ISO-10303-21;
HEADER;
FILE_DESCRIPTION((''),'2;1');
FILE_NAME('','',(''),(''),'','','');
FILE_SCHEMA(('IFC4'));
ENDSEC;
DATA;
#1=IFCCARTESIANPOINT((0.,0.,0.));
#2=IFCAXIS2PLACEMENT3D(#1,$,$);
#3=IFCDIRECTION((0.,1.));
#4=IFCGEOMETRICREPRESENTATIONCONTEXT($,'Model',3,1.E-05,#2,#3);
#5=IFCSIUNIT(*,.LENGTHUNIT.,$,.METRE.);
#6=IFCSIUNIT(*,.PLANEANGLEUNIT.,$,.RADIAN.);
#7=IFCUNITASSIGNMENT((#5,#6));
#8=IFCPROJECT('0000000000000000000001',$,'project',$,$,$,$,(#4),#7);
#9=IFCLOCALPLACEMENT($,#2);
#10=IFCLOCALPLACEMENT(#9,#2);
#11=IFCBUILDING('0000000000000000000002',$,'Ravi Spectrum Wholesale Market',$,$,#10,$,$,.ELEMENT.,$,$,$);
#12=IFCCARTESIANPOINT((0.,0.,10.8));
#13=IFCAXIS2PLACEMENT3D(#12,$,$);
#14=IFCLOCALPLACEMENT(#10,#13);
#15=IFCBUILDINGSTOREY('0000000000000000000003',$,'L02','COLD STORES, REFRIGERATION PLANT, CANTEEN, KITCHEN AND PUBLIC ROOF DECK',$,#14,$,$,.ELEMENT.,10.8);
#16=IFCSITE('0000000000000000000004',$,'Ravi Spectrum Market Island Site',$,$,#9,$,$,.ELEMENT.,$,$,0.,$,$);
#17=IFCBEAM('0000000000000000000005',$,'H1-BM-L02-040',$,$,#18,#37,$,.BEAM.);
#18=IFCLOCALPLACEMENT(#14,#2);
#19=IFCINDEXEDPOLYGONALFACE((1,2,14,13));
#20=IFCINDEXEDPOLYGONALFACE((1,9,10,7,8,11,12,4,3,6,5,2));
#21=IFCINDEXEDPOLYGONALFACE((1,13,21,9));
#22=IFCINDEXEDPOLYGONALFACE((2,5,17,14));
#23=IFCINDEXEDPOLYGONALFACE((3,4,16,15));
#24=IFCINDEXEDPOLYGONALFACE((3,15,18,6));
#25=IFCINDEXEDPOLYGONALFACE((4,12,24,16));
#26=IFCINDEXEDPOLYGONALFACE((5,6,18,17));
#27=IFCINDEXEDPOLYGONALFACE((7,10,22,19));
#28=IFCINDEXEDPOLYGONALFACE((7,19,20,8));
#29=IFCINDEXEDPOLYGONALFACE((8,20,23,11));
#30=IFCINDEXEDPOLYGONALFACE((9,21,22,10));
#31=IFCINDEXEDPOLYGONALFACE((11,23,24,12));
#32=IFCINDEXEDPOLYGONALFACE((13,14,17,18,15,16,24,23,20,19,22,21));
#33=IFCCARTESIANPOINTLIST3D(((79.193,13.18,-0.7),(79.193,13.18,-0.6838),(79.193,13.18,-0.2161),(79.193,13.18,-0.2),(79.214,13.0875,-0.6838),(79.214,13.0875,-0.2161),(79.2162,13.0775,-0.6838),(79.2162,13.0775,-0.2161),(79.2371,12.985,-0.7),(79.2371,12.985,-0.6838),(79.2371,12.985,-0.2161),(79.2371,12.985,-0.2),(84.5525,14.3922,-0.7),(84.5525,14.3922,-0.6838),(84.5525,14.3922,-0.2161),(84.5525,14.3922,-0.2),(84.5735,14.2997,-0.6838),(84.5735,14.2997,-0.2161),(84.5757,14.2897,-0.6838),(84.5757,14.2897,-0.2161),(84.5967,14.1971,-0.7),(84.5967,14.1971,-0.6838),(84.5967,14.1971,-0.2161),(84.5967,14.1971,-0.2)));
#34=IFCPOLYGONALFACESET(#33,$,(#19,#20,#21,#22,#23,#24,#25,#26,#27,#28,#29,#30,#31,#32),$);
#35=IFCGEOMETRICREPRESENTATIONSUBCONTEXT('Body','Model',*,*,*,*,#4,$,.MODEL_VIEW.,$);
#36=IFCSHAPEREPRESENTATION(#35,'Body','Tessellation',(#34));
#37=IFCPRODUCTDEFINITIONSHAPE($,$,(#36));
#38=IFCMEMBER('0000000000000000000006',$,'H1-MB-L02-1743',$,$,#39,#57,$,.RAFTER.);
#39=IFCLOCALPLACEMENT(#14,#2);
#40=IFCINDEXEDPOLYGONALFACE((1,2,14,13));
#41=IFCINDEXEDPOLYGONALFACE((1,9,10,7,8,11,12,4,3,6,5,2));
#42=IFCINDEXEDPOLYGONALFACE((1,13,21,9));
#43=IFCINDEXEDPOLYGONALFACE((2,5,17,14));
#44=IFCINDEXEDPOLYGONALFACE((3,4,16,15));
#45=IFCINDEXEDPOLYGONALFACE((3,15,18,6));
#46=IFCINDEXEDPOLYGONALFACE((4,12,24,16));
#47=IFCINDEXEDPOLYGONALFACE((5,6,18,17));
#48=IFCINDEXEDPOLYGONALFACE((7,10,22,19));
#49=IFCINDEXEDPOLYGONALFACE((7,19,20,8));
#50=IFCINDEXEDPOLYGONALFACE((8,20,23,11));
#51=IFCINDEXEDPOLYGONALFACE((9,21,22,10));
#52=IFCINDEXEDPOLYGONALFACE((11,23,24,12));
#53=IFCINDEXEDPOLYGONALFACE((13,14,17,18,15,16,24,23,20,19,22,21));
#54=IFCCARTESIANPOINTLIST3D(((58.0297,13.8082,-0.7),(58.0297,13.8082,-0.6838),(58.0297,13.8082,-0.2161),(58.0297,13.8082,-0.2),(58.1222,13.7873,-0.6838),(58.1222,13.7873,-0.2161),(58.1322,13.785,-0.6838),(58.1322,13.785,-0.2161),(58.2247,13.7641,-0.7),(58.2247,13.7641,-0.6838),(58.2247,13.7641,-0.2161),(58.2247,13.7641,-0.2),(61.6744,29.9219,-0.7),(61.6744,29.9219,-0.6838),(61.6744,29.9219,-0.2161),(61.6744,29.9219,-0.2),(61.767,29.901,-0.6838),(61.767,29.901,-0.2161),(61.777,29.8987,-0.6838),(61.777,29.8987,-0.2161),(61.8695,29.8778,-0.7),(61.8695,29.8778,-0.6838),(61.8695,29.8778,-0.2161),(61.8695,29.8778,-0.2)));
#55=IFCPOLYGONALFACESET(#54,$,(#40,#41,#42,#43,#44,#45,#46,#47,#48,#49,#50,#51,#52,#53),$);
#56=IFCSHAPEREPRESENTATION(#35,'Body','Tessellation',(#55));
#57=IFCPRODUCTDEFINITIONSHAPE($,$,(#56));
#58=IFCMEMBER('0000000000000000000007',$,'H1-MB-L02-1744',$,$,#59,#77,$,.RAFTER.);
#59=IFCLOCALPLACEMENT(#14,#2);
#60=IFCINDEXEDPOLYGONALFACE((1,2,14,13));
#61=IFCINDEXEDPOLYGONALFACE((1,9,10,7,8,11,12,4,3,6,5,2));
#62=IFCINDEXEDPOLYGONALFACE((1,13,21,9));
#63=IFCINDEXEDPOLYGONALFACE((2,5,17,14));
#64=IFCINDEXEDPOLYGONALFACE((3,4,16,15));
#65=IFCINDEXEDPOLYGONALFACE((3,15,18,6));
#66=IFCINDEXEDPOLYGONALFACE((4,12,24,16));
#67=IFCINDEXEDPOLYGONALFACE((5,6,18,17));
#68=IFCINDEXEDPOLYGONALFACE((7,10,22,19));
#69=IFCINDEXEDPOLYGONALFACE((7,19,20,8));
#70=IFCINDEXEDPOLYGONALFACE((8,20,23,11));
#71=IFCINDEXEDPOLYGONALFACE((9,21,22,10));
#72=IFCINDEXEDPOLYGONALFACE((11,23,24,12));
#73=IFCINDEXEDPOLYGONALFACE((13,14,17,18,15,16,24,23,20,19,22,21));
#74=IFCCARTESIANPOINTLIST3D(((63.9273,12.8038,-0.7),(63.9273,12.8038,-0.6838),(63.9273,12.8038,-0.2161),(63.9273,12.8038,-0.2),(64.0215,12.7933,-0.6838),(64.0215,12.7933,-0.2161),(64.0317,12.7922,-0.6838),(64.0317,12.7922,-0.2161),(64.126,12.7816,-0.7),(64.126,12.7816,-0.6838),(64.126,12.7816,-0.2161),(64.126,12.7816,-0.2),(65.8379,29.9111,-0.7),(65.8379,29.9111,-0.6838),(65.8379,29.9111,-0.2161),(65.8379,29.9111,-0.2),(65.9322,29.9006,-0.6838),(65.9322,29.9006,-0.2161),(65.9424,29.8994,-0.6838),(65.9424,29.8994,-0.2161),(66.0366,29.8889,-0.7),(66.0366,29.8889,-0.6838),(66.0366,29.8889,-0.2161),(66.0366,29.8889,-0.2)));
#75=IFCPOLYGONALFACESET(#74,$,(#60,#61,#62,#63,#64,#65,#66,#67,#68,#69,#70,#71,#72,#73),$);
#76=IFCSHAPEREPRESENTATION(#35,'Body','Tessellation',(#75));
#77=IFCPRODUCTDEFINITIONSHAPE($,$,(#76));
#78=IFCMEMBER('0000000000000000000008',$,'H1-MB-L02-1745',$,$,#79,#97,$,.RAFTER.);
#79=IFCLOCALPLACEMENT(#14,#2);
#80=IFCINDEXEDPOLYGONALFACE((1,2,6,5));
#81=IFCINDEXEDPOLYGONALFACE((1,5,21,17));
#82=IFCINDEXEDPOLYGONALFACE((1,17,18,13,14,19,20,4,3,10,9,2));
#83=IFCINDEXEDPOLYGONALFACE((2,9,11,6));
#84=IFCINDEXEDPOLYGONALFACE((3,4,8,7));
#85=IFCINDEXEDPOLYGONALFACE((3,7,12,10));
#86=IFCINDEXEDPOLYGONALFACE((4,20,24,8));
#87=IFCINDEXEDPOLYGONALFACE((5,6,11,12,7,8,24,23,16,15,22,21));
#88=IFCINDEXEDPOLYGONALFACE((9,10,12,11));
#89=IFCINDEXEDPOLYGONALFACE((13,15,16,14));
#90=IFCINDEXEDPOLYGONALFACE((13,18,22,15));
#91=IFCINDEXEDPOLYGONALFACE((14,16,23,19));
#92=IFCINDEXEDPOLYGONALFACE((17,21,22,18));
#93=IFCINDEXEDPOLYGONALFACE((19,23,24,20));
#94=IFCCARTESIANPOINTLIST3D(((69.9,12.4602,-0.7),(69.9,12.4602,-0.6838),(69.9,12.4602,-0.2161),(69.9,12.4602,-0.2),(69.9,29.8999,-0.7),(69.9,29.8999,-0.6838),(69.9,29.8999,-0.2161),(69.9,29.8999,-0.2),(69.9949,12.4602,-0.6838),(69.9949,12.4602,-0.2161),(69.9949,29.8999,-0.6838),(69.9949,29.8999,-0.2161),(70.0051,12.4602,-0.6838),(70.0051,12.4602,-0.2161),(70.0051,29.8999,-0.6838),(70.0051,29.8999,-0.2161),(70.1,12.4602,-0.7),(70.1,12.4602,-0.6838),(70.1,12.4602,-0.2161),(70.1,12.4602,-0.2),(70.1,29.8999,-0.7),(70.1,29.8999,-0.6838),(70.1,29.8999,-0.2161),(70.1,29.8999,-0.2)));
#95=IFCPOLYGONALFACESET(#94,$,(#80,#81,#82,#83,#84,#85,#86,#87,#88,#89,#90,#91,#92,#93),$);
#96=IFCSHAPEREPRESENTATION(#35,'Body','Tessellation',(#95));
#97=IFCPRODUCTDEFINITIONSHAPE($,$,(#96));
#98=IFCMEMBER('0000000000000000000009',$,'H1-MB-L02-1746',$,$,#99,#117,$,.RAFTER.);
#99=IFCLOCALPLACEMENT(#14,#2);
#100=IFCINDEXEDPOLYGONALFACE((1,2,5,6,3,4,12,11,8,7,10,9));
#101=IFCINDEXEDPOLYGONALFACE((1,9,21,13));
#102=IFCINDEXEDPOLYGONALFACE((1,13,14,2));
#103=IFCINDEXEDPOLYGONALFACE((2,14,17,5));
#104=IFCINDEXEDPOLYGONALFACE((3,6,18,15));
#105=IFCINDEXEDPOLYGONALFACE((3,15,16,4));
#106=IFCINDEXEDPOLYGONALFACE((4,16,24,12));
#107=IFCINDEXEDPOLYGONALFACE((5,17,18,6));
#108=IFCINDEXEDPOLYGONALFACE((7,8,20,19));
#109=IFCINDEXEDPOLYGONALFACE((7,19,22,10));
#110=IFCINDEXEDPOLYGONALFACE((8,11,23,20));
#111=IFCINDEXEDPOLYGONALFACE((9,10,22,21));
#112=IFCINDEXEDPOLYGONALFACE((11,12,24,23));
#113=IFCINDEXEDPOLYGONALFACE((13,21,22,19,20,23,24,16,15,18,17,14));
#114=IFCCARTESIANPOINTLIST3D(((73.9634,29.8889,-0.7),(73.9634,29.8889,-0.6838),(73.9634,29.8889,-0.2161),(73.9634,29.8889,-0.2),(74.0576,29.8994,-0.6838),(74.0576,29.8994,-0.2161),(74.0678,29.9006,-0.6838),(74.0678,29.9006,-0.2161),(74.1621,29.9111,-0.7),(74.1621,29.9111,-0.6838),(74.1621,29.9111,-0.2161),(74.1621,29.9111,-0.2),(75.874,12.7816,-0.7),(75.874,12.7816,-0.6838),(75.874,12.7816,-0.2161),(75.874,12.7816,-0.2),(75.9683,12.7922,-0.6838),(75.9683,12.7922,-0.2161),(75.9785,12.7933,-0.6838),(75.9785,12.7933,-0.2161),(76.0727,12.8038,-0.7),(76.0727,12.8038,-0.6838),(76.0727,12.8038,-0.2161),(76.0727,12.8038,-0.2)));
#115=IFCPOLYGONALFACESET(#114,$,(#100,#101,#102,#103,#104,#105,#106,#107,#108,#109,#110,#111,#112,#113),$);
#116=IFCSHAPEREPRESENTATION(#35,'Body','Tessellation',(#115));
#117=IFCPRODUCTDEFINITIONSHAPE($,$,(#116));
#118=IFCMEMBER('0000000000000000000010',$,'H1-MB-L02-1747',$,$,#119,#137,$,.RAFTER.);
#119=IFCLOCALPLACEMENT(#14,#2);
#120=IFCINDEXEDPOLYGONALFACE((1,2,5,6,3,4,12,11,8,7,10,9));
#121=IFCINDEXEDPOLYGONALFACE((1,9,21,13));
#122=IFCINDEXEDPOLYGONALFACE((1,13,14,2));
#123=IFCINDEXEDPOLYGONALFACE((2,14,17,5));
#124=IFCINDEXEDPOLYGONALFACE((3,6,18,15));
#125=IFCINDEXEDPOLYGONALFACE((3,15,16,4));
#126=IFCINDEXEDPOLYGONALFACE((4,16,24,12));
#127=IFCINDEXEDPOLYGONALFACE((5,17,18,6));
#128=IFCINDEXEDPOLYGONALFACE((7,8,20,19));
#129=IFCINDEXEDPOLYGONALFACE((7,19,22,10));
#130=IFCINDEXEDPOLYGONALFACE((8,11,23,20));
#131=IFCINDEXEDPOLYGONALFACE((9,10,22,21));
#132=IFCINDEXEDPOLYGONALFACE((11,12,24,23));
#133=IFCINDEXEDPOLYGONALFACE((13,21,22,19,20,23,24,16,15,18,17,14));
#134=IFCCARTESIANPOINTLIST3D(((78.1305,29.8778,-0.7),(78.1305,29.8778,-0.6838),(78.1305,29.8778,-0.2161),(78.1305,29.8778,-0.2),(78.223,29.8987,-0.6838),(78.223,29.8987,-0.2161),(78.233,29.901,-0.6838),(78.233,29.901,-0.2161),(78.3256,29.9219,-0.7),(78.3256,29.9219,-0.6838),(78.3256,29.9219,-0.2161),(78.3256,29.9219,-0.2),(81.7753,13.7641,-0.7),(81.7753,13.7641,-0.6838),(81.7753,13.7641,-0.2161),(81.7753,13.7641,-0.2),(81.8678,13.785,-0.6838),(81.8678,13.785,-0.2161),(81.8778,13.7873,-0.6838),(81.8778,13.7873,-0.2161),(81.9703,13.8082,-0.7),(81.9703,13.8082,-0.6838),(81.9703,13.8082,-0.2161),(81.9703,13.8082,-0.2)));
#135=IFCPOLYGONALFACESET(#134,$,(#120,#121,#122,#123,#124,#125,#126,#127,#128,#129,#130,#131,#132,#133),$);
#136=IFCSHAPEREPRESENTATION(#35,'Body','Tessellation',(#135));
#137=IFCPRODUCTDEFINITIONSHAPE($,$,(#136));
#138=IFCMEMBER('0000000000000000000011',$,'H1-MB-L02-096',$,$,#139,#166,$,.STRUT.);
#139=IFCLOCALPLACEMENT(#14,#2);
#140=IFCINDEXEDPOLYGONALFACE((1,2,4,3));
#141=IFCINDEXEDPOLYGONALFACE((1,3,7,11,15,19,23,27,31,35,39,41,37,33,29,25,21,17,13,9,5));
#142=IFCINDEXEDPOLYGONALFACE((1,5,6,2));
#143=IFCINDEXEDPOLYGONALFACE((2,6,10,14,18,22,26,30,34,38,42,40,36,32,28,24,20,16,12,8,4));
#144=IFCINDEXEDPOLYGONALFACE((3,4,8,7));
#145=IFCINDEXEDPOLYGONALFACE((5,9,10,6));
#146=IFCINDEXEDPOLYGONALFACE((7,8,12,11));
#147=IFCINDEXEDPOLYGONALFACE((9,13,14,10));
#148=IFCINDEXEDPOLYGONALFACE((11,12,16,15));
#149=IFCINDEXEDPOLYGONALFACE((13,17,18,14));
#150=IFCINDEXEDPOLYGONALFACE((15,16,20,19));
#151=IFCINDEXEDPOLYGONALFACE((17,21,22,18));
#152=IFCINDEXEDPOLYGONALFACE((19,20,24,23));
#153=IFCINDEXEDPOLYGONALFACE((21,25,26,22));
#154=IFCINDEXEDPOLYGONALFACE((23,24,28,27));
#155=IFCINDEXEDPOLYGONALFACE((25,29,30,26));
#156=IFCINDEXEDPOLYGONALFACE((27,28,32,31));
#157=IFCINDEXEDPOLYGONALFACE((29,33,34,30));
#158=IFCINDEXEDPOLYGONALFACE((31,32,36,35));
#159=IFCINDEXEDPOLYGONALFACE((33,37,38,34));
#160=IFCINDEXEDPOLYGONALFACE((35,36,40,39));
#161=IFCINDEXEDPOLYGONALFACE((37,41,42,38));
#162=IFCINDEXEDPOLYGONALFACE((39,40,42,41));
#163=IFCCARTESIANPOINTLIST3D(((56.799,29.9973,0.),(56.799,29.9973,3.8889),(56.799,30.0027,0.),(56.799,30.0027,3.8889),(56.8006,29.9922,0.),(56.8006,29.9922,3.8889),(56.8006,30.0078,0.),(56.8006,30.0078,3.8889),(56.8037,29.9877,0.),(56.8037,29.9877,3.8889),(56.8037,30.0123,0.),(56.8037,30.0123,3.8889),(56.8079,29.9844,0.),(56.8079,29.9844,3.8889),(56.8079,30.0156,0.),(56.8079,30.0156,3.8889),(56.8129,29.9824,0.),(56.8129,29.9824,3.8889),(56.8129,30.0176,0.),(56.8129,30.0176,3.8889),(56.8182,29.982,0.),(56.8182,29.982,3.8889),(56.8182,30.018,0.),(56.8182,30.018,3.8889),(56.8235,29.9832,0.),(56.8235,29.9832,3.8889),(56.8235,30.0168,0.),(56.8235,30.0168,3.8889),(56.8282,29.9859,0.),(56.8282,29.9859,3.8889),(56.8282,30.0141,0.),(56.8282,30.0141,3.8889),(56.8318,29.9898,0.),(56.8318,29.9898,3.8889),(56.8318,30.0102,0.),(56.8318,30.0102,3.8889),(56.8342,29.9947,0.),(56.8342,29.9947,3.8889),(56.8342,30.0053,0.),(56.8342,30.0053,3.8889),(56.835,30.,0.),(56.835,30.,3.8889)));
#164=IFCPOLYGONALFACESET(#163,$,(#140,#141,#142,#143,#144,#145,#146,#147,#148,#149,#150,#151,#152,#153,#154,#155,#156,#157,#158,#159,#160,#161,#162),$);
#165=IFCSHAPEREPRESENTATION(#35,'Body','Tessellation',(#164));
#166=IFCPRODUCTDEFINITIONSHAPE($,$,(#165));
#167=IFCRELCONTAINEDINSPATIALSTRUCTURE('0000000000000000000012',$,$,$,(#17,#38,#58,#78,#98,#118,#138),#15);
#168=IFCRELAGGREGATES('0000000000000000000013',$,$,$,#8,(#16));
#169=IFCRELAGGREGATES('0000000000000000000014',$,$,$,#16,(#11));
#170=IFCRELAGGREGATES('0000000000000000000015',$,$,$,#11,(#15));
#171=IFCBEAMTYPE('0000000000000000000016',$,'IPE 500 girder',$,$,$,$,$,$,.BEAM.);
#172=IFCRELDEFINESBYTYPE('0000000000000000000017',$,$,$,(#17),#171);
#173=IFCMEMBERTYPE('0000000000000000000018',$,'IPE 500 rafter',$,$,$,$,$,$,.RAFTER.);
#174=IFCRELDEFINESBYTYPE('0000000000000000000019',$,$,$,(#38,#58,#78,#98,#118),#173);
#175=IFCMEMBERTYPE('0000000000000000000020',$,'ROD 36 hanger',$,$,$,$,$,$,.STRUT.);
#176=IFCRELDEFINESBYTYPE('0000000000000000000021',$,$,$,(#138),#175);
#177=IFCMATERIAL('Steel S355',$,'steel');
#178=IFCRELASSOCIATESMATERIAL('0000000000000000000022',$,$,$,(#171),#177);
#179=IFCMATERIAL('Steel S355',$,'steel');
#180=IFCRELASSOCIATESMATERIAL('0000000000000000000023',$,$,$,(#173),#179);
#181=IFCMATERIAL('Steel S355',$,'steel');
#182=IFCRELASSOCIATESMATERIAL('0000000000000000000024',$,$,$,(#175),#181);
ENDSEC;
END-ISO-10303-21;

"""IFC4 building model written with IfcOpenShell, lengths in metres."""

from ifc_helpers import new_model, si_unit, direction, frame, origin, origin_2d, place, context, subcontext, project, spatial, circle, i_section, extrude, material, material_profile, profile_set, type_object, element, save


model = new_model("IFC4")

# Units and contexts
model_context = context("Model", 3, precision=1e-05, world=origin(), true_north=direction((0.0, 1.0)))
body_context = subcontext(model_context, "Body", "Model", "MODEL_VIEW")
ifc_project = project(units=[si_unit("LENGTHUNIT", "METRE"), si_unit("PLANEANGLEUNIT", "RADIAN")], contexts=[model_context])

# Site, building, storey
site_placement = place(None, origin())
site = spatial("IfcSite", under=ifc_project, at=site_placement, Name="Ravi Spectrum Market Island Site", CompositionType="ELEMENT", RefElevation=0.0)
building_placement = place(site_placement, origin())
building = spatial("IfcBuilding", under=site, at=building_placement, Name="Ravi Spectrum Wholesale Market", CompositionType="ELEMENT")
storey_placement = place(building_placement, frame((0.0, 0.0, 10.8)))
storey = spatial("IfcBuildingStorey", under=building, at=storey_placement, Name="L02", Description="COLD STORES, REFRIGERATION PLANT, CANTEEN, KITCHEN AND PUBLIC ROOF DECK", CompositionType="ELEMENT", Elevation=10.8)

# Beam
ifc_material_1 = material(Name="Steel S355", Category="steel")
ifc_material_profile_1 = material_profile(ifc_material_1, i_section(OverallWidth=0.2, OverallDepth=0.5, WebThickness=0.0103, FlangeThickness=0.0161, at=origin_2d()))
ifc_profile_set_1 = profile_set([ifc_material_profile_1], Name="Steel S355")
beam_type = type_object("IfcBeamType", Name="IPE 500 girder", PredefinedType="BEAM", material=ifc_profile_set_1)
for number, where, z_axis, x_axis, name in (
    (1, (79.2151, 13.0825, -0.45), (0.975366, 0.220594, 0.0), (-0.220594, 0.975366, 0.0), "H1-BM-L02-040"),
):
    element("IfcBeam", number, at=place(storey_placement, frame(where, z_axis=z_axis, x_axis=x_axis)), inside=storey, type_object=beam_type, Name=name, PredefinedType="BEAM", context=body_context, shape_type="SweptSolid", body=[
        extrude(i_section(OverallWidth=0.2, OverallDepth=0.5, WebThickness=0.0103, FlangeThickness=0.0161, at=origin_2d()), origin(), (0.0, 0.0, 1.0), 5.4949),
    ])

# Members
ifc_material_2 = material(Name="Steel S355", Category="steel")
ifc_material_profile_2 = material_profile(ifc_material_2, i_section(OverallWidth=0.2, OverallDepth=0.5, WebThickness=0.0103, FlangeThickness=0.0161, at=origin_2d()))
ifc_profile_set_2 = profile_set([ifc_material_profile_2], Name="Steel S355")
member_type_1 = type_object("IfcMemberType", Name="IPE 500 rafter", PredefinedType="RAFTER", material=ifc_profile_set_2)
member_1_placement = place(storey_placement, frame((58.1272, 13.7861, -0.45), z_axis=(0.220617, 0.975361, 0.0), x_axis=(-0.975361, 0.220617, 0.0)))
element("IfcMember", 2, at=member_1_placement, inside=storey, type_object=member_type_1, Name="H1-MB-L02-1743", PredefinedType="RAFTER", context=body_context, shape_type="SweptSolid", body=[
    extrude(i_section(OverallWidth=0.2, OverallDepth=0.5, WebThickness=0.0103, FlangeThickness=0.0161, at=origin_2d()), origin(), (0.0, 0.0, 1.0), 16.5208),
])
member_2_placement = place(storey_placement, frame((64.0266, 12.7927, -0.45), z_axis=(0.110997, 0.993821, 0.0), x_axis=(-0.993821, 0.110997, 0.0)))
element("IfcMember", 3, at=member_2_placement, inside=storey, type_object=member_type_1, Name="H1-MB-L02-1744", PredefinedType="RAFTER", context=body_context, shape_type="SweptSolid", body=[
    extrude(i_section(OverallWidth=0.2, OverallDepth=0.5, WebThickness=0.0103, FlangeThickness=0.0161, at=origin_2d()), origin(), (0.0, 0.0, 1.0), 17.2136),
])
member_3_placement = place(storey_placement, frame((70.0, 12.4602, -0.45), z_axis=(0.0, 1.0, 0.0), x_axis=(-1.0, 0.0, 0.0)))
element("IfcMember", 4, at=member_3_placement, inside=storey, type_object=member_type_1, Name="H1-MB-L02-1745", PredefinedType="RAFTER", context=body_context, shape_type="SweptSolid", body=[
    extrude(i_section(OverallWidth=0.2, OverallDepth=0.5, WebThickness=0.0103, FlangeThickness=0.0161, at=origin_2d()), origin(), (0.0, 0.0, 1.0), 17.4397),
])
member_4_placement = place(storey_placement, frame((75.9734, 12.7927, -0.45), z_axis=(-0.110997, 0.993821, 0.0), x_axis=(-0.993821, -0.110997, 0.0)))
element("IfcMember", 5, at=member_4_placement, inside=storey, type_object=member_type_1, Name="H1-MB-L02-1746", PredefinedType="RAFTER", context=body_context, shape_type="SweptSolid", body=[
    extrude(i_section(OverallWidth=0.2, OverallDepth=0.5, WebThickness=0.0103, FlangeThickness=0.0161, at=origin_2d()), origin(), (0.0, 0.0, 1.0), 17.2136),
])
member_5_placement = place(storey_placement, frame((81.8728, 13.7861, -0.45), z_axis=(-0.220617, 0.975361, 0.0), x_axis=(-0.975361, -0.220617, 0.0)))
element("IfcMember", 6, at=member_5_placement, inside=storey, type_object=member_type_1, Name="H1-MB-L02-1747", PredefinedType="RAFTER", context=body_context, shape_type="SweptSolid", body=[
    extrude(i_section(OverallWidth=0.2, OverallDepth=0.5, WebThickness=0.0103, FlangeThickness=0.0161, at=origin_2d()), origin(), (0.0, 0.0, 1.0), 16.5208),
])
ifc_material_3 = material(Name="Steel S355", Category="steel")
ifc_material_profile_3 = material_profile(ifc_material_3, circle(Radius=0.0181, at=origin_2d()))
ifc_profile_set_3 = profile_set([ifc_material_profile_3], Name="Steel S355")
member_type_2 = type_object("IfcMemberType", Name="ROD 36 hanger", PredefinedType="STRUT", material=ifc_profile_set_3)
member_6_placement = place(storey_placement, frame((56.8169, 30.0, 0.0), z_axis=(0.0, 0.0, 1.0), x_axis=(1.0, 0.0, 0.0)))
element("IfcMember", 7, at=member_6_placement, inside=storey, type_object=member_type_2, Name="H1-MB-L02-096", PredefinedType="STRUT", context=body_context, shape_type="SweptSolid", body=[
    extrude(circle(Radius=0.0181, at=origin_2d()), origin(), (0.0, 0.0, 1.0), 3.8889),
])

save(model, "model.ifc")
